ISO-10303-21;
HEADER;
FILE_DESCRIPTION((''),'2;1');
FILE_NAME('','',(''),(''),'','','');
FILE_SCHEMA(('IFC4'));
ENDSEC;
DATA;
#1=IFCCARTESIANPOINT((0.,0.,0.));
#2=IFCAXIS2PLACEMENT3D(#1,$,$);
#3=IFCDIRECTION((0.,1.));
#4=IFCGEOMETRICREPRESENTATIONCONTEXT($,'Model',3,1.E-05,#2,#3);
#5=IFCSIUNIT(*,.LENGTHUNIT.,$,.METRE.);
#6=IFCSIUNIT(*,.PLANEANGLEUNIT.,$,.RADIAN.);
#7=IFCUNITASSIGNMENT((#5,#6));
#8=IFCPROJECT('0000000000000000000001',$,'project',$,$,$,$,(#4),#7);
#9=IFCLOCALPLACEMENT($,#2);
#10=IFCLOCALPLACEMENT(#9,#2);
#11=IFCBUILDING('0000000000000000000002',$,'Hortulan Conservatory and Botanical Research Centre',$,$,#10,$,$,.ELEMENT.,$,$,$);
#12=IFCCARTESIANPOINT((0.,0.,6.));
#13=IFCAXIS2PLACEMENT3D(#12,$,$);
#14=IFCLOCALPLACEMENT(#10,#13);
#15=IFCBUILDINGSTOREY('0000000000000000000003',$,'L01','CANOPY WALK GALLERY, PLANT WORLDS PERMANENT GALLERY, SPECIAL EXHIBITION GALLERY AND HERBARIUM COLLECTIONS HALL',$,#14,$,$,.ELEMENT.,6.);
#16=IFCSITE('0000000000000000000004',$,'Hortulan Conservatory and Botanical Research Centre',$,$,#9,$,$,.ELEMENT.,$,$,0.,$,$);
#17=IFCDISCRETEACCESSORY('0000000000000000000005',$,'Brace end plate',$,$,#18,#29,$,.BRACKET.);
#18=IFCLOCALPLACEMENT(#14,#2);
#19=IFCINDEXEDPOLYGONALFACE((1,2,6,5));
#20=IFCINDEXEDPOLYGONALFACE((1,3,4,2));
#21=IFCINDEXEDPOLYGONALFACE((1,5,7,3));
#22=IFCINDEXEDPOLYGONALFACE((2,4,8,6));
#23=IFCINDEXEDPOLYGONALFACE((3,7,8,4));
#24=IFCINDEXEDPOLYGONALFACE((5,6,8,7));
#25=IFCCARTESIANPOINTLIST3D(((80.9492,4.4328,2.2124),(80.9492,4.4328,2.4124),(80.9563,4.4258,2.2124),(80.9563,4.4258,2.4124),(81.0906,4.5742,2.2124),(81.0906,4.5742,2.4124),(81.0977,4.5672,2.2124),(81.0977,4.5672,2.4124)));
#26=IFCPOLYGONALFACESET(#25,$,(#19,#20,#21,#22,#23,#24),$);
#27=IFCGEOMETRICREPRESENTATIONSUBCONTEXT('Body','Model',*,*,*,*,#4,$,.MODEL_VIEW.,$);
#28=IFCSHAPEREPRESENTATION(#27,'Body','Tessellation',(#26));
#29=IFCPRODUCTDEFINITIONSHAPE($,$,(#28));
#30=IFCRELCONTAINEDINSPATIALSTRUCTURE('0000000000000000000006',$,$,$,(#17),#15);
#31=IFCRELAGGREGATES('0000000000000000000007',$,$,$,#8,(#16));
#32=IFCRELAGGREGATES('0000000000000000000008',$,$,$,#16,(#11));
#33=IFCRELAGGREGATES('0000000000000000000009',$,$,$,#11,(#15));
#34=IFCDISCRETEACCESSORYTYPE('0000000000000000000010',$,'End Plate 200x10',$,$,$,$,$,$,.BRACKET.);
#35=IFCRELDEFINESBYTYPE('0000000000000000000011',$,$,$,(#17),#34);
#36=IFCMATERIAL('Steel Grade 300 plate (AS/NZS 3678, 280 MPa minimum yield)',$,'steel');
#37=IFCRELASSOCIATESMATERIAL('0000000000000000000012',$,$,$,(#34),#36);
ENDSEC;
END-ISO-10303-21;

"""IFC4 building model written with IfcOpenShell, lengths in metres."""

from ifc_helpers import new_model, si_unit, direction, frame, origin, origin_2d, place, context, subcontext, project, spatial, rectangle, extrude, material, type_object, element, save


model = new_model("IFC4")

# Units and contexts
model_context = context("Model", 3, precision=1e-05, world=origin(), true_north=direction((0.0, 1.0)))
body_context = subcontext(model_context, "Body", "Model", "MODEL_VIEW")
ifc_project = project(units=[si_unit("LENGTHUNIT", "METRE"), si_unit("PLANEANGLEUNIT", "RADIAN")], contexts=[model_context])

# Site, building, storey
site_placement = place(None, origin())
site = spatial("IfcSite", under=ifc_project, at=site_placement, Name="Hortulan Conservatory and Botanical Research Centre", CompositionType="ELEMENT", RefElevation=0.0)
building_placement = place(site_placement, origin())
building = spatial("IfcBuilding", under=site, at=building_placement, Name="Hortulan Conservatory and Botanical Research Centre", CompositionType="ELEMENT")
storey_placement = place(building_placement, frame((0.0, 0.0, 6.0)))
storey = spatial("IfcBuildingStorey", under=building, at=storey_placement, Name="L01", Description="CANOPY WALK GALLERY, PLANT WORLDS PERMANENT GALLERY, SPECIAL EXHIBITION GALLERY AND HERBARIUM COLLECTIONS HALL", CompositionType="ELEMENT", Elevation=6.0)

# Discrete accessory
ifc_material_1 = material(Name="Steel Grade 300 plate (AS/NZS 3678, 280 MPa minimum yield)", Category="steel")
discrete_accessory_type = type_object("IfcDiscreteAccessoryType", Name="End Plate 200x10", PredefinedType="BRACKET", material=ifc_material_1)
for number, where, z_axis, x_axis, name in (
    (1, (81.0234, 4.5, 2.2124), (0.0, 0.0, 1.0), (0.707107, 0.707107, 0.0), "Brace end plate"),
):
    element("IfcDiscreteAccessory", number, at=place(storey_placement, frame(where, z_axis=z_axis, x_axis=x_axis)), inside=storey, type_object=discrete_accessory_type, Name=name, PredefinedType="BRACKET", context=body_context, shape_type="SweptSolid", body=[
        extrude(rectangle(XDim=0.2, YDim=0.01, at=origin_2d()), origin(), (0.0, 0.0, 1.0), 0.2),
    ])

save(model, "model.ifc")
